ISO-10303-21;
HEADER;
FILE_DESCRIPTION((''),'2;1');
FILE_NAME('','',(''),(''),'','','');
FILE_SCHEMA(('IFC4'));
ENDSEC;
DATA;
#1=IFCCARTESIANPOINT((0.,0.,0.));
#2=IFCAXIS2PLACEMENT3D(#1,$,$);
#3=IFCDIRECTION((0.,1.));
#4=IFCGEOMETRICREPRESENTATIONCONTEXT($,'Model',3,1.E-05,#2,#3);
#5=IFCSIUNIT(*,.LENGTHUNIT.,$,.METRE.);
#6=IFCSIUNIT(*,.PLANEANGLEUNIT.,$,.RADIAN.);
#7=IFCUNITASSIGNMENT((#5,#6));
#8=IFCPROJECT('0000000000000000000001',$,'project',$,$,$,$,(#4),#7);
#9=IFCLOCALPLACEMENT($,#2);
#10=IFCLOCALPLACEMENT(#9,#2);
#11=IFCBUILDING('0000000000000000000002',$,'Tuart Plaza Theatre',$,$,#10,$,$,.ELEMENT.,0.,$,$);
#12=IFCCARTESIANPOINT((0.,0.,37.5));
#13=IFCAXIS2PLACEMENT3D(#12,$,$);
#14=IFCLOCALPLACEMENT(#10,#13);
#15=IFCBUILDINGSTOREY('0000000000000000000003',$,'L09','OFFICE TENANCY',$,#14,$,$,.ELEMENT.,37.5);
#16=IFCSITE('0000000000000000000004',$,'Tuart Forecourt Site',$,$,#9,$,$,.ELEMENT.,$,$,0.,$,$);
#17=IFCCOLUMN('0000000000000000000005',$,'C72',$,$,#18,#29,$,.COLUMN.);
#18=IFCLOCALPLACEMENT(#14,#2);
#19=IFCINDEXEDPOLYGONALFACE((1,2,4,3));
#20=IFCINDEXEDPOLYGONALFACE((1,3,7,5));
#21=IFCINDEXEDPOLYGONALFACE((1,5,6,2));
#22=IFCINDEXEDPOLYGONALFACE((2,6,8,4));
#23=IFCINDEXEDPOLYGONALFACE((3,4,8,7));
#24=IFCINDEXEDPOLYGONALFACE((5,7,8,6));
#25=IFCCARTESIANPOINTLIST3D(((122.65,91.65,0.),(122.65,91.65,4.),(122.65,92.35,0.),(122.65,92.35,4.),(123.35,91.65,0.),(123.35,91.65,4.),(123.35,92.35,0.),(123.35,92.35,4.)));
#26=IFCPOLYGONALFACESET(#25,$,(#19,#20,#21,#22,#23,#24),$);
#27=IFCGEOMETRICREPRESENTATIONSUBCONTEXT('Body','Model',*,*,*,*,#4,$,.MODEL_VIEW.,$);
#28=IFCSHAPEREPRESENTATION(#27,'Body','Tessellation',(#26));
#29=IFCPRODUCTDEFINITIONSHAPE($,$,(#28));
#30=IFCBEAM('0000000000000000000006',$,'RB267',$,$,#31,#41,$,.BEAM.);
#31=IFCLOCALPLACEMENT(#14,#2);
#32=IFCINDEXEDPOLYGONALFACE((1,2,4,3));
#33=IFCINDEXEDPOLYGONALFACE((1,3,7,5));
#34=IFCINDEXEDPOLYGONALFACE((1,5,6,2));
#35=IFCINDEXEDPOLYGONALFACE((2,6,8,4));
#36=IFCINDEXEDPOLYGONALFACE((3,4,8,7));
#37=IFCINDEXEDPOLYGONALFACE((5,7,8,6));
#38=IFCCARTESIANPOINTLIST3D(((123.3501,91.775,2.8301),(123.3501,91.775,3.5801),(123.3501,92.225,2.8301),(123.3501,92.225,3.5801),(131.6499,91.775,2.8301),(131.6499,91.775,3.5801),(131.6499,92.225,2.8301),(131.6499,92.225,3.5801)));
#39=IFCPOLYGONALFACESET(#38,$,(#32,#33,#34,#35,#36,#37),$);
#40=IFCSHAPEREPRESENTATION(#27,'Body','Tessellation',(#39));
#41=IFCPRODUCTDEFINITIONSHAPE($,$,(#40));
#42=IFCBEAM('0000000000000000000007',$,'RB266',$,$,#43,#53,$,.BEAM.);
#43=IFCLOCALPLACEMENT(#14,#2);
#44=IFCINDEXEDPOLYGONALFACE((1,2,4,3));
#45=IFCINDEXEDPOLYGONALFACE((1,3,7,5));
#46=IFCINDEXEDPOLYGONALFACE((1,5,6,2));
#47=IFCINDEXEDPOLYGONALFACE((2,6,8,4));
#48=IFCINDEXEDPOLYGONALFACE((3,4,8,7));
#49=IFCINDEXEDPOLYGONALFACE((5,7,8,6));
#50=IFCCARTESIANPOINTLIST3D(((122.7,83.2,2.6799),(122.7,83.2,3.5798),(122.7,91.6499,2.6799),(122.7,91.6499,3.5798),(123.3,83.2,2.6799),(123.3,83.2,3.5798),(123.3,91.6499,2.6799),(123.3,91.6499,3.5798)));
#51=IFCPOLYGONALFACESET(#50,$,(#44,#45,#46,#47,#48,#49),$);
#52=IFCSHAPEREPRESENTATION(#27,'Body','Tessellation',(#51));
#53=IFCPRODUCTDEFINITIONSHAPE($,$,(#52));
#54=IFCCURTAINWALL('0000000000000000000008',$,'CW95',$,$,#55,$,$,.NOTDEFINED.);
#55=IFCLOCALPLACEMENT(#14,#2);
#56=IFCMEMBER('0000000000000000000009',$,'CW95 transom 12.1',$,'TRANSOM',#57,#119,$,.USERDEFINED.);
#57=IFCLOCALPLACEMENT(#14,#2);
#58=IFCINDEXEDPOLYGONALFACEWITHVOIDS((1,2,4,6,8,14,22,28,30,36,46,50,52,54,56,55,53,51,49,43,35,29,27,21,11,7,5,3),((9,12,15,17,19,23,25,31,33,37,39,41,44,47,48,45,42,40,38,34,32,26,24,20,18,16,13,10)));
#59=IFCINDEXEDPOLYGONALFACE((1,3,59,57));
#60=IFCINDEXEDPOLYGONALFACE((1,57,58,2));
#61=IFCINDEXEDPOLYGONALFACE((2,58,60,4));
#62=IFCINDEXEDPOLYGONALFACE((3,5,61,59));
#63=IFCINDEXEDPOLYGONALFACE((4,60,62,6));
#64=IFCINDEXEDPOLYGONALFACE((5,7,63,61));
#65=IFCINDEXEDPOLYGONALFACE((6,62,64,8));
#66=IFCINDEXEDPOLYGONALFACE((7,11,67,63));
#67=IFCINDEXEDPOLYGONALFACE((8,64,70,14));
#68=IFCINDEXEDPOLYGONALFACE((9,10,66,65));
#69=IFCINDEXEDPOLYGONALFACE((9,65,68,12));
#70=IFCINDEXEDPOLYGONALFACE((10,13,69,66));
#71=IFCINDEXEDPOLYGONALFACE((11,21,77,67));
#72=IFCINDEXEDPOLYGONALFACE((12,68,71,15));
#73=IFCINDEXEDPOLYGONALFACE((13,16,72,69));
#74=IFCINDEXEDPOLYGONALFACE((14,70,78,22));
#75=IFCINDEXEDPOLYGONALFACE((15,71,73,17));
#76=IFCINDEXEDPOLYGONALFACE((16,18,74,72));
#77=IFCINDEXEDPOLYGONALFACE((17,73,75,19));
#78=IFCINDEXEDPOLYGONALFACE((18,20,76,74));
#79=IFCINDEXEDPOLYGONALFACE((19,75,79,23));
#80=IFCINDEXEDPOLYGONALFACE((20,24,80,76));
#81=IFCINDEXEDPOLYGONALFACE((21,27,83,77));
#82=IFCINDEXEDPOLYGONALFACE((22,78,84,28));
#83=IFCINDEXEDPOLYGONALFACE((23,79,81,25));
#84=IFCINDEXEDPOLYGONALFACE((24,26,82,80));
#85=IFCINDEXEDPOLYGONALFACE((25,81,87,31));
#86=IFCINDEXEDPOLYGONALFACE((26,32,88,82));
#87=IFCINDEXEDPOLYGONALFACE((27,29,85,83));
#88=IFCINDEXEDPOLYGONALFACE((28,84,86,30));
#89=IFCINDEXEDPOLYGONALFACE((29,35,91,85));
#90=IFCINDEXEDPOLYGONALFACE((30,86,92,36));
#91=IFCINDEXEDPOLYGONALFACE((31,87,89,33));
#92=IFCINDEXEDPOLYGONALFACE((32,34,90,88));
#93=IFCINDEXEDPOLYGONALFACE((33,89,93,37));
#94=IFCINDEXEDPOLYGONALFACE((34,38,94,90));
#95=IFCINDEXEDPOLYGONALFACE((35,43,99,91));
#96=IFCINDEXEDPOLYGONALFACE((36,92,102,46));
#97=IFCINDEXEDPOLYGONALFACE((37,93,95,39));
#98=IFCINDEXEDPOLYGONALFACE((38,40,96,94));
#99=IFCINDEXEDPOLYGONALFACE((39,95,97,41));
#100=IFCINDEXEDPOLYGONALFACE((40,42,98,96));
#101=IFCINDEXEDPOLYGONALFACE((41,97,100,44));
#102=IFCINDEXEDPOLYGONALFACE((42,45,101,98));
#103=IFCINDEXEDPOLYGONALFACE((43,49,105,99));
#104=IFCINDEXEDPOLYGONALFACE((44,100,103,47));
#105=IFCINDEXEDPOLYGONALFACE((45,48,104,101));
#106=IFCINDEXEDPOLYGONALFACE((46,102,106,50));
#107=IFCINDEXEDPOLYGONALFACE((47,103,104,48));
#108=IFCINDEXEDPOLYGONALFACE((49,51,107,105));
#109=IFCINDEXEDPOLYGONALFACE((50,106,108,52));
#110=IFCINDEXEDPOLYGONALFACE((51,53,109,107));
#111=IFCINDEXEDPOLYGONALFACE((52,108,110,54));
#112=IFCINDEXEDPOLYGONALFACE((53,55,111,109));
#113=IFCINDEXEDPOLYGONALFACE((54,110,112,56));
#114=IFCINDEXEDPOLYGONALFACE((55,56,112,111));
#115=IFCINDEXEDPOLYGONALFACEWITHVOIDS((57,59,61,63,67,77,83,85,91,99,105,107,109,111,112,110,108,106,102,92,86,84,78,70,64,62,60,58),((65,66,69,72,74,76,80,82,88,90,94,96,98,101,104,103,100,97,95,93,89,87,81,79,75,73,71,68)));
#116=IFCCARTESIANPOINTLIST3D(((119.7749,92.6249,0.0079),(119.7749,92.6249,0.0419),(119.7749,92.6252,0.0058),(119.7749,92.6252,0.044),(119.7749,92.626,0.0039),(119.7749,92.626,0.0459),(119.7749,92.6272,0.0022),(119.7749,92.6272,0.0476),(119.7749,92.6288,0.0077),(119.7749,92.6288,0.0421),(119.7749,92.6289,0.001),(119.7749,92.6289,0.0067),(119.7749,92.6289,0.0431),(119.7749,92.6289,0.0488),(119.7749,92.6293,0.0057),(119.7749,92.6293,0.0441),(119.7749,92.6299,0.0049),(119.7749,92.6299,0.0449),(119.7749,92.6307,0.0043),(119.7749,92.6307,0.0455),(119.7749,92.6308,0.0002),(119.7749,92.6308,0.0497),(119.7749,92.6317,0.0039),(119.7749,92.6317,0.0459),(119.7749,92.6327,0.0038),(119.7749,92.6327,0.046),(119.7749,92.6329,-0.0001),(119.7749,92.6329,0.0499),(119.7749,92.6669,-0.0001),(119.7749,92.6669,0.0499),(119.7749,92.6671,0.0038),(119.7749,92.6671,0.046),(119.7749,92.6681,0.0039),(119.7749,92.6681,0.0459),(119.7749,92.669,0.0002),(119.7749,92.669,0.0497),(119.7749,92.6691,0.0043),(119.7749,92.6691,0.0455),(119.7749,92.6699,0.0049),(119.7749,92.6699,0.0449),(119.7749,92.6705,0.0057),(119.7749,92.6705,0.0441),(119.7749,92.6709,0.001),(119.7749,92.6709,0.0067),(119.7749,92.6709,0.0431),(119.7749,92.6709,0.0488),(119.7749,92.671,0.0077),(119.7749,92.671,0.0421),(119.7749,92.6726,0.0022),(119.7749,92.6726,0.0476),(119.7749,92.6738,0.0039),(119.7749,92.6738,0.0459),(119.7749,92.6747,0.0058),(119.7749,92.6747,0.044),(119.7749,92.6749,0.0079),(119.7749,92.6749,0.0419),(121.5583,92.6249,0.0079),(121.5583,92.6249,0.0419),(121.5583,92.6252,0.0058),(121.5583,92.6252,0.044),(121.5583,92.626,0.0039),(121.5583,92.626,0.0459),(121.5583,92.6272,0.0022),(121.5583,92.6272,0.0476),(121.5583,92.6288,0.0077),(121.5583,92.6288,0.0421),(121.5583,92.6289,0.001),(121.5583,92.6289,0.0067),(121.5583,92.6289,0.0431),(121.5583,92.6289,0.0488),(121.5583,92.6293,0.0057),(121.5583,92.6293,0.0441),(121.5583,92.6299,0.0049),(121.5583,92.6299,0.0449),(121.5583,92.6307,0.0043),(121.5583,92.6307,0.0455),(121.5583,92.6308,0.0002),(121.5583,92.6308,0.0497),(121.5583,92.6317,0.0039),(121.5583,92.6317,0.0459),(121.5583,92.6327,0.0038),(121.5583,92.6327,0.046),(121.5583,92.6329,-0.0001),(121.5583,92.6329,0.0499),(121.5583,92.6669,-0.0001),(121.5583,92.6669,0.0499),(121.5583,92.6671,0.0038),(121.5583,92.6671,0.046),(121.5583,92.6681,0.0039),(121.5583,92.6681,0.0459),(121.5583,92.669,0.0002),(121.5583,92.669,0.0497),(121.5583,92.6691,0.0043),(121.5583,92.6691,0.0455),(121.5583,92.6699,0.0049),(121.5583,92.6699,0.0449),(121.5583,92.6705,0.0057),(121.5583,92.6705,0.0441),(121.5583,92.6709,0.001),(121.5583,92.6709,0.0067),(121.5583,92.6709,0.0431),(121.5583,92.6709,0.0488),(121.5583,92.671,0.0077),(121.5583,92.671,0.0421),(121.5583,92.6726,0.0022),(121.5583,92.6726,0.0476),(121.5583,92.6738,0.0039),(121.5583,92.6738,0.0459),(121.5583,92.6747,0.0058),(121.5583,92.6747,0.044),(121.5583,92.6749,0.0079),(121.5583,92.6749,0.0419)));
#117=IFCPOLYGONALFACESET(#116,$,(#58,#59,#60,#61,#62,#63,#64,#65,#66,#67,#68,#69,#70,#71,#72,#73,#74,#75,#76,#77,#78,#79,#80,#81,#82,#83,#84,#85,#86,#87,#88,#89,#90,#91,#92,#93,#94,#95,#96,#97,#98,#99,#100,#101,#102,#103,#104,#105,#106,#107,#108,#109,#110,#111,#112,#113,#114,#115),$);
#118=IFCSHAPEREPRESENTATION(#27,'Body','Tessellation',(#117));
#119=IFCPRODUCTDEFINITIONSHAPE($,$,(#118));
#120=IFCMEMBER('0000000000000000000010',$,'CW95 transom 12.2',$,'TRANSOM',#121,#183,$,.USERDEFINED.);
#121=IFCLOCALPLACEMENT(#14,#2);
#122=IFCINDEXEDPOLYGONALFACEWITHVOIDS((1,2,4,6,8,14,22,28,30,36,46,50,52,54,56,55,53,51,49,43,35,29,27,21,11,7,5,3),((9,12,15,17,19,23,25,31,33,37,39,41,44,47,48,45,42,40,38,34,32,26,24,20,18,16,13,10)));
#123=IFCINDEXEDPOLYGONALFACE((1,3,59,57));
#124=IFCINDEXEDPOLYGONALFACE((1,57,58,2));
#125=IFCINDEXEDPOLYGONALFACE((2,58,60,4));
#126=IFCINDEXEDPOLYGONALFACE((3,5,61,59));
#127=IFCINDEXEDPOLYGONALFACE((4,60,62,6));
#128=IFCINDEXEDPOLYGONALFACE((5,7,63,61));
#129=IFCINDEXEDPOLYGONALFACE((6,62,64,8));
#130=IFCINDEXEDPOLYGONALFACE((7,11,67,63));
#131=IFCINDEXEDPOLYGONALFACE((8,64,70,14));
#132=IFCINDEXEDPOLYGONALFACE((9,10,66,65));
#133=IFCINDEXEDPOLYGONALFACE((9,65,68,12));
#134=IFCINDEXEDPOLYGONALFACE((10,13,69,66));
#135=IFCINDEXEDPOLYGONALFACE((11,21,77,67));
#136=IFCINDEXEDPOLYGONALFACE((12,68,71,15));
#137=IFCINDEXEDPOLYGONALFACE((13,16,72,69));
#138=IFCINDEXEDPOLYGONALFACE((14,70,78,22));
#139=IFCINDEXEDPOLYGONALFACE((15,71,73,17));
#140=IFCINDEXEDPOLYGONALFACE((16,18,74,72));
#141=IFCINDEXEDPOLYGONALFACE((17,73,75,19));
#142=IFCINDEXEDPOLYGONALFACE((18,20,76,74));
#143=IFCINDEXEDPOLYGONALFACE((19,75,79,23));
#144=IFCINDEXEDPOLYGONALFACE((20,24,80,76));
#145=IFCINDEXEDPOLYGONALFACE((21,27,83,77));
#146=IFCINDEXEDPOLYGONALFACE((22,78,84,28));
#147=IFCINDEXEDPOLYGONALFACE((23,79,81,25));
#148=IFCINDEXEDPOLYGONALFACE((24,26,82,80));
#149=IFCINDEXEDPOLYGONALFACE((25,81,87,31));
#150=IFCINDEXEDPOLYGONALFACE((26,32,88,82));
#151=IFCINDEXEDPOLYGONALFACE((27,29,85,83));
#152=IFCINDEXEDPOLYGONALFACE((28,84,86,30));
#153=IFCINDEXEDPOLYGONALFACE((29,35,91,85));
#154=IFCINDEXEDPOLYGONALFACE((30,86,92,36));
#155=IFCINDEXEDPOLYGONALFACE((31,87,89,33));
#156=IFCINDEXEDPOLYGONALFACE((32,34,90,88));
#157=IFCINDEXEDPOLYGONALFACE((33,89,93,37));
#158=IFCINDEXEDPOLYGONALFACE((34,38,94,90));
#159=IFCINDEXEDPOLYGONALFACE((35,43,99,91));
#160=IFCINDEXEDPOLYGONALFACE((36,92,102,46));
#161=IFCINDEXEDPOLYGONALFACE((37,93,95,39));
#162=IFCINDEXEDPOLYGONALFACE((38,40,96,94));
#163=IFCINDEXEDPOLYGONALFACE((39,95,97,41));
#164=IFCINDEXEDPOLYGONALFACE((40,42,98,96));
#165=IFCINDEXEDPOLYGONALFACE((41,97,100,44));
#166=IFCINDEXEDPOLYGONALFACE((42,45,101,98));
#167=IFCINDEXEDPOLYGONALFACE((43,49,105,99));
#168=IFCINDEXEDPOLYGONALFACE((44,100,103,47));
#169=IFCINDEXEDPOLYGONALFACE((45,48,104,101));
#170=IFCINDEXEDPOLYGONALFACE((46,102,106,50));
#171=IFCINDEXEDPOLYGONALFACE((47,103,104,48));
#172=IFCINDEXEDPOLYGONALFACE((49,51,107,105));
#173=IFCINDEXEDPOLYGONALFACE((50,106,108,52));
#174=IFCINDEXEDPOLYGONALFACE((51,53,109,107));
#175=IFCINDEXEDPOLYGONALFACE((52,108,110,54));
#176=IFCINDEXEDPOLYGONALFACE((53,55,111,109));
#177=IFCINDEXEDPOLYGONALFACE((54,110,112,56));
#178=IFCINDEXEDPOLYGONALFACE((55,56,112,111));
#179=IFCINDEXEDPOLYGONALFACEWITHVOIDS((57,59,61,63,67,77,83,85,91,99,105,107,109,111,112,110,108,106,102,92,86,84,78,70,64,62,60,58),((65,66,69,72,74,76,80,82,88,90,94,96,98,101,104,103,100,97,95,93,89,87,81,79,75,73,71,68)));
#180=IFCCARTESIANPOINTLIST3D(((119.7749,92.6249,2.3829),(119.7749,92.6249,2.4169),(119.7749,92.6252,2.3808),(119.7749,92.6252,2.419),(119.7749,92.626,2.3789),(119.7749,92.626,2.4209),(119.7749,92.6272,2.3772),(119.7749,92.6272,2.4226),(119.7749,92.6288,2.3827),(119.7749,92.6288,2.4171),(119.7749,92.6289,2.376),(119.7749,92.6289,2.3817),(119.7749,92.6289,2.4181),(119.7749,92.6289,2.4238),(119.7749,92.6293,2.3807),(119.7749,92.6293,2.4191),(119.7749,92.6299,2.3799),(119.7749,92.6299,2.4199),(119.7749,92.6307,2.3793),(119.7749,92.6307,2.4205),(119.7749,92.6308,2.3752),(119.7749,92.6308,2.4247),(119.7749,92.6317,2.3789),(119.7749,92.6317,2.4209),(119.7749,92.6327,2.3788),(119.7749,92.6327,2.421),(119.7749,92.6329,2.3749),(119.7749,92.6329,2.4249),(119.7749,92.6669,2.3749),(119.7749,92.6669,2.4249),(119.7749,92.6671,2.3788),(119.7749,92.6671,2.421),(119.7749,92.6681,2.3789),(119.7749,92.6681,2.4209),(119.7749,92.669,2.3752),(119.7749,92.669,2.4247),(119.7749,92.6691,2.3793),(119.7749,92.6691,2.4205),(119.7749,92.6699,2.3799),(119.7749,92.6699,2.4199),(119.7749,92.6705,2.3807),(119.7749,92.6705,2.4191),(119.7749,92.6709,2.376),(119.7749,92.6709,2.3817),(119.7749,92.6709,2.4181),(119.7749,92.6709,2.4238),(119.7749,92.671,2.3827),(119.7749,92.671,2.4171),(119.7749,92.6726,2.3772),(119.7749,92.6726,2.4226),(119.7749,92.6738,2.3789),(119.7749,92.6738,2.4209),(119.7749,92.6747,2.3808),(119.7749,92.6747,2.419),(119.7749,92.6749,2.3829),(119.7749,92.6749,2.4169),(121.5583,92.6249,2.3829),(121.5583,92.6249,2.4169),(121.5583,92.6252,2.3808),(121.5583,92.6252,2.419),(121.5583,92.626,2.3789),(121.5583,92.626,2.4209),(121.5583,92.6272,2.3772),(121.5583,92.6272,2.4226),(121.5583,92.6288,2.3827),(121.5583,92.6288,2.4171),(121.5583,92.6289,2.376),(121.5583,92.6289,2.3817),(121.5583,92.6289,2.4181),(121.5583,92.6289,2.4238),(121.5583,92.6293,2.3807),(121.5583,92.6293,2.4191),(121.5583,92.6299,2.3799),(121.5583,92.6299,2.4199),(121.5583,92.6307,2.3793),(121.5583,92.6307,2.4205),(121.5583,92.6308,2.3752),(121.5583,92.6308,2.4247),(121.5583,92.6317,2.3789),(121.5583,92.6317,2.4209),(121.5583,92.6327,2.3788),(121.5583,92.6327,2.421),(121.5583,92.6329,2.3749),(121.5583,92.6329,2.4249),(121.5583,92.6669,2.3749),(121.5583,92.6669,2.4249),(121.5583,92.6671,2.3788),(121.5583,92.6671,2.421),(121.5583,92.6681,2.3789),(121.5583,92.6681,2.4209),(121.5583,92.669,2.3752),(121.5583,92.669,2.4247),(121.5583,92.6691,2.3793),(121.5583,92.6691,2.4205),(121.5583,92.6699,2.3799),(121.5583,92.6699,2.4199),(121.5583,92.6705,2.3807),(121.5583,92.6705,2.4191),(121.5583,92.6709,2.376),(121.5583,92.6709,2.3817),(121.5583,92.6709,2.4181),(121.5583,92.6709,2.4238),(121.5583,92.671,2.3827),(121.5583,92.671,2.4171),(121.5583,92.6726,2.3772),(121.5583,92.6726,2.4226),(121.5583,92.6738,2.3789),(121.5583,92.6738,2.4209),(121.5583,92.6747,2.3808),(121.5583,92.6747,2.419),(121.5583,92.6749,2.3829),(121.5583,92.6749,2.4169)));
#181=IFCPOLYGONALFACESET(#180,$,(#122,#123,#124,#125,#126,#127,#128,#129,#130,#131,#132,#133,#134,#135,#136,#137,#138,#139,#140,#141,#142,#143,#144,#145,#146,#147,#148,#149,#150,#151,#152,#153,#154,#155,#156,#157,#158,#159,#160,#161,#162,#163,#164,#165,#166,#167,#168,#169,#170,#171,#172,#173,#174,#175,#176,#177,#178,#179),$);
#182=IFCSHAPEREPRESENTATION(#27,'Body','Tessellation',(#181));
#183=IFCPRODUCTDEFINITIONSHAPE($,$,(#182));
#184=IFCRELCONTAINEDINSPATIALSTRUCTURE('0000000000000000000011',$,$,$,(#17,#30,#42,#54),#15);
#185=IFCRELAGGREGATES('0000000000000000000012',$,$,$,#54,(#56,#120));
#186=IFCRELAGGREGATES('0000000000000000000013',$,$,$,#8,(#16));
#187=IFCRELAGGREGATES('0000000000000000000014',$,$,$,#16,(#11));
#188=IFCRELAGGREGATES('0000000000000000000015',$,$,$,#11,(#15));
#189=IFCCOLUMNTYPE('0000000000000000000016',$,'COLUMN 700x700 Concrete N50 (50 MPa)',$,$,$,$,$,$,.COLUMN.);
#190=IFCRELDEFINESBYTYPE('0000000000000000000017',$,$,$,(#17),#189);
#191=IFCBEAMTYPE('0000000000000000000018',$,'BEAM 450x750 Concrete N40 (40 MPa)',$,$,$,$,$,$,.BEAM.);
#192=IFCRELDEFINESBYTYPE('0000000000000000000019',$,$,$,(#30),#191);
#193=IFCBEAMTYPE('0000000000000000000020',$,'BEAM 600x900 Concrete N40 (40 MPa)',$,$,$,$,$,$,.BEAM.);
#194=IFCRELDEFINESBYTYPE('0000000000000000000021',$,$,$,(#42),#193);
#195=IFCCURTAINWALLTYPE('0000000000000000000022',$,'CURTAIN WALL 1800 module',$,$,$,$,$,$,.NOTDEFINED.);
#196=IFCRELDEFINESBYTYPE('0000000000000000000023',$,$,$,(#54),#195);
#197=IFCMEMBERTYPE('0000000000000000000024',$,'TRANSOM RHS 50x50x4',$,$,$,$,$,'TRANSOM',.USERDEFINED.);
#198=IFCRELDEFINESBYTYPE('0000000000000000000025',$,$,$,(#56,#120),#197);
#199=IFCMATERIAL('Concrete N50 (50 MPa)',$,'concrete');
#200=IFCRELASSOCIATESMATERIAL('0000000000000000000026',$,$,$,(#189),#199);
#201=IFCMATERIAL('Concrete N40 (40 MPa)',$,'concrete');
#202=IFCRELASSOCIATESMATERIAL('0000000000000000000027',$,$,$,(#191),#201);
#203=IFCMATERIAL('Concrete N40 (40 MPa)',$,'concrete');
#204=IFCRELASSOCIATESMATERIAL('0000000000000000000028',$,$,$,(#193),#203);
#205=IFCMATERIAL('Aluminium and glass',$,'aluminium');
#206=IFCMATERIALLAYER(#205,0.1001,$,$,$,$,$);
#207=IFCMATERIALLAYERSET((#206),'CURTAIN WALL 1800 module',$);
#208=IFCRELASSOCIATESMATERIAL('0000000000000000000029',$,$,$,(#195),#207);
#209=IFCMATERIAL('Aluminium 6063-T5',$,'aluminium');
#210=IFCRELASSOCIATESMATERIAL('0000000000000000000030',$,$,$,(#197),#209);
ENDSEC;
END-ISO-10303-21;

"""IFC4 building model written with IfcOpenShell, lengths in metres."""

from ifc_helpers import new_model, si_unit, direction, frame, origin, origin_2d, place, context, subcontext, project, spatial, rectangle, hollow_rectangle, extrude, material, layer, layer_set, material_profile, profile_set, type_object, element, aggregate, save


model = new_model("IFC4")

# Units and contexts
model_context = context("Model", 3, precision=1e-05, world=origin(), true_north=direction((0.0, 1.0)))
body_context = subcontext(model_context, "Body", "Model", "MODEL_VIEW")
ifc_project = project(units=[si_unit("LENGTHUNIT", "METRE"), si_unit("PLANEANGLEUNIT", "RADIAN")], contexts=[model_context])

# Site, building, storey
site_placement = place(None, origin())
site = spatial("IfcSite", under=ifc_project, at=site_placement, Name="Tuart Forecourt Site", CompositionType="ELEMENT", RefElevation=0.0)
building_placement = place(site_placement, origin())
building = spatial("IfcBuilding", under=site, at=building_placement, Name="Tuart Plaza Theatre", CompositionType="ELEMENT", ElevationOfRefHeight=0.0)
storey_placement = place(building_placement, frame((0.0, 0.0, 37.5)))
storey = spatial("IfcBuildingStorey", under=building, at=storey_placement, Name="L09", Description="OFFICE TENANCY", CompositionType="ELEMENT", Elevation=37.5)

# Column
ifc_material_1 = material(Name="Concrete N50 (50 MPa)", Category="concrete")
ifc_material_profile_1 = material_profile(ifc_material_1, rectangle(XDim=0.7, YDim=0.7, at=origin_2d()), Name="COLUMN 700x700 Concrete N50 (50 MPa)")
ifc_profile_set_1 = profile_set([ifc_material_profile_1], Name="Concrete N50 (50 MPa)")
column_type = type_object("IfcColumnType", Name="COLUMN 700x700 Concrete N50 (50 MPa)", PredefinedType="COLUMN", material=ifc_profile_set_1)
column_placement = place(storey_placement, frame((123.0, 92.0, 0.0), z_axis=(0.0, 0.0, 1.0), x_axis=(1.0, 0.0, 0.0)))
element("IfcColumn", 1, at=column_placement, inside=storey, type_object=column_type, Name="C72", PredefinedType="COLUMN", context=body_context, shape_type="SweptSolid", body=[
    extrude(rectangle(XDim=0.7, YDim=0.7, at=origin_2d()), origin(), (0.0, 0.0, 1.0), 4.0),
])

# Beams
ifc_material_2 = material(Name="Concrete N40 (40 MPa)", Category="concrete")
ifc_material_profile_2 = material_profile(ifc_material_2, rectangle(XDim=0.45, YDim=0.75, at=origin_2d()), Name="BEAM 450x750 Concrete N40 (40 MPa)")
ifc_profile_set_2 = profile_set([ifc_material_profile_2], Name="Concrete N40 (40 MPa)")
beam_type_1 = type_object("IfcBeamType", Name="BEAM 450x750 Concrete N40 (40 MPa)", PredefinedType="BEAM", material=ifc_profile_set_2)
beam_1_placement = place(storey_placement, frame((123.3501, 92.0, 3.2051), z_axis=(1.0, 0.0, 0.0), x_axis=(0.0, 1.0, 0.0)))
element("IfcBeam", 2, at=beam_1_placement, inside=storey, type_object=beam_type_1, Name="RB267", PredefinedType="BEAM", context=body_context, shape_type="SweptSolid", body=[
    extrude(rectangle(XDim=0.45, YDim=0.75, at=origin_2d()), origin(), (0.0, 0.0, 1.0), 8.2998),
])
ifc_material_3 = material(Name="Concrete N40 (40 MPa)", Category="concrete")
ifc_material_profile_3 = material_profile(ifc_material_3, rectangle(XDim=0.6001, YDim=0.8999, at=origin_2d()), Name="BEAM 600x900 Concrete N40 (40 MPa)")
ifc_profile_set_3 = profile_set([ifc_material_profile_3], Name="Concrete N40 (40 MPa)")
beam_type_2 = type_object("IfcBeamType", Name="BEAM 600x900 Concrete N40 (40 MPa)", PredefinedType="BEAM", material=ifc_profile_set_3)
beam_2_placement = place(storey_placement, frame((123.0, 83.2, 3.1299), z_axis=(0.0, 1.0, 0.0), x_axis=(-1.0, 0.0, 0.0)))
element("IfcBeam", 3, at=beam_2_placement, inside=storey, type_object=beam_type_2, Name="RB266", PredefinedType="BEAM", context=body_context, shape_type="SweptSolid", body=[
    extrude(rectangle(XDim=0.6001, YDim=0.8999, at=origin_2d()), origin(), (0.0, 0.0, 1.0), 8.45),
])

# Curtain wall, members
ifc_material_4 = material(Name="Aluminium and glass", Category="aluminium")
ifc_layer_1 = layer(ifc_material_4, 0.1001)
ifc_layer_set_1 = layer_set([ifc_layer_1], Name="CURTAIN WALL 1800 module")
curtain_wall_type = type_object("IfcCurtainWallType", Name="CURTAIN WALL 1800 module", PredefinedType="NOTDEFINED", material=ifc_layer_set_1)
curtain_wall_placement = place(storey_placement, origin())
curtain_wall = element("IfcCurtainWall", 4, at=curtain_wall_placement, inside=storey, type_object=curtain_wall_type, Name="CW95", PredefinedType="NOTDEFINED")
ifc_material_5 = material(Name="Aluminium 6063-T5", Category="aluminium")
ifc_material_profile_4 = material_profile(ifc_material_5, hollow_rectangle(XDim=0.05, YDim=0.05, WallThickness=0.0039, InnerFilletRadius=0.0039, OuterFilletRadius=0.0081, at=origin_2d()), Name="RHS 50x50x4")
ifc_profile_set_4 = profile_set([ifc_material_profile_4], Name="Aluminium 6063-T5")
member_type = type_object("IfcMemberType", Name="TRANSOM RHS 50x50x4", ElementType="TRANSOM", PredefinedType="USERDEFINED", material=ifc_profile_set_4)
member_1_placement = place(storey_placement, frame((121.5583, 92.6499, 0.0249), z_axis=(-1.0, 0.0, 0.0), x_axis=(0.0, -1.0, 0.0)))
member_1 = element("IfcMember", 5, at=member_1_placement, type_object=member_type, Name="CW95 transom 12.1", ObjectType="TRANSOM", PredefinedType="USERDEFINED", context=body_context, shape_type="SweptSolid", body=[
    extrude(hollow_rectangle(XDim=0.05, YDim=0.05, WallThickness=0.0039, InnerFilletRadius=0.0039, OuterFilletRadius=0.0081, at=origin_2d()), origin(), (0.0, 0.0, 1.0), 1.7834),
])
member_2_placement = place(storey_placement, frame((121.5583, 92.6499, 2.3999), z_axis=(-1.0, 0.0, 0.0), x_axis=(0.0, -1.0, 0.0)))
member_2 = element("IfcMember", 6, at=member_2_placement, type_object=member_type, Name="CW95 transom 12.2", ObjectType="TRANSOM", PredefinedType="USERDEFINED", context=body_context, shape_type="SweptSolid", body=[
    extrude(hollow_rectangle(XDim=0.05, YDim=0.05, WallThickness=0.0039, InnerFilletRadius=0.0039, OuterFilletRadius=0.0081, at=origin_2d()), origin(), (0.0, 0.0, 1.0), 1.7834),
])
aggregate(curtain_wall, [member_1, member_2])

save(model, "model.ifc")
